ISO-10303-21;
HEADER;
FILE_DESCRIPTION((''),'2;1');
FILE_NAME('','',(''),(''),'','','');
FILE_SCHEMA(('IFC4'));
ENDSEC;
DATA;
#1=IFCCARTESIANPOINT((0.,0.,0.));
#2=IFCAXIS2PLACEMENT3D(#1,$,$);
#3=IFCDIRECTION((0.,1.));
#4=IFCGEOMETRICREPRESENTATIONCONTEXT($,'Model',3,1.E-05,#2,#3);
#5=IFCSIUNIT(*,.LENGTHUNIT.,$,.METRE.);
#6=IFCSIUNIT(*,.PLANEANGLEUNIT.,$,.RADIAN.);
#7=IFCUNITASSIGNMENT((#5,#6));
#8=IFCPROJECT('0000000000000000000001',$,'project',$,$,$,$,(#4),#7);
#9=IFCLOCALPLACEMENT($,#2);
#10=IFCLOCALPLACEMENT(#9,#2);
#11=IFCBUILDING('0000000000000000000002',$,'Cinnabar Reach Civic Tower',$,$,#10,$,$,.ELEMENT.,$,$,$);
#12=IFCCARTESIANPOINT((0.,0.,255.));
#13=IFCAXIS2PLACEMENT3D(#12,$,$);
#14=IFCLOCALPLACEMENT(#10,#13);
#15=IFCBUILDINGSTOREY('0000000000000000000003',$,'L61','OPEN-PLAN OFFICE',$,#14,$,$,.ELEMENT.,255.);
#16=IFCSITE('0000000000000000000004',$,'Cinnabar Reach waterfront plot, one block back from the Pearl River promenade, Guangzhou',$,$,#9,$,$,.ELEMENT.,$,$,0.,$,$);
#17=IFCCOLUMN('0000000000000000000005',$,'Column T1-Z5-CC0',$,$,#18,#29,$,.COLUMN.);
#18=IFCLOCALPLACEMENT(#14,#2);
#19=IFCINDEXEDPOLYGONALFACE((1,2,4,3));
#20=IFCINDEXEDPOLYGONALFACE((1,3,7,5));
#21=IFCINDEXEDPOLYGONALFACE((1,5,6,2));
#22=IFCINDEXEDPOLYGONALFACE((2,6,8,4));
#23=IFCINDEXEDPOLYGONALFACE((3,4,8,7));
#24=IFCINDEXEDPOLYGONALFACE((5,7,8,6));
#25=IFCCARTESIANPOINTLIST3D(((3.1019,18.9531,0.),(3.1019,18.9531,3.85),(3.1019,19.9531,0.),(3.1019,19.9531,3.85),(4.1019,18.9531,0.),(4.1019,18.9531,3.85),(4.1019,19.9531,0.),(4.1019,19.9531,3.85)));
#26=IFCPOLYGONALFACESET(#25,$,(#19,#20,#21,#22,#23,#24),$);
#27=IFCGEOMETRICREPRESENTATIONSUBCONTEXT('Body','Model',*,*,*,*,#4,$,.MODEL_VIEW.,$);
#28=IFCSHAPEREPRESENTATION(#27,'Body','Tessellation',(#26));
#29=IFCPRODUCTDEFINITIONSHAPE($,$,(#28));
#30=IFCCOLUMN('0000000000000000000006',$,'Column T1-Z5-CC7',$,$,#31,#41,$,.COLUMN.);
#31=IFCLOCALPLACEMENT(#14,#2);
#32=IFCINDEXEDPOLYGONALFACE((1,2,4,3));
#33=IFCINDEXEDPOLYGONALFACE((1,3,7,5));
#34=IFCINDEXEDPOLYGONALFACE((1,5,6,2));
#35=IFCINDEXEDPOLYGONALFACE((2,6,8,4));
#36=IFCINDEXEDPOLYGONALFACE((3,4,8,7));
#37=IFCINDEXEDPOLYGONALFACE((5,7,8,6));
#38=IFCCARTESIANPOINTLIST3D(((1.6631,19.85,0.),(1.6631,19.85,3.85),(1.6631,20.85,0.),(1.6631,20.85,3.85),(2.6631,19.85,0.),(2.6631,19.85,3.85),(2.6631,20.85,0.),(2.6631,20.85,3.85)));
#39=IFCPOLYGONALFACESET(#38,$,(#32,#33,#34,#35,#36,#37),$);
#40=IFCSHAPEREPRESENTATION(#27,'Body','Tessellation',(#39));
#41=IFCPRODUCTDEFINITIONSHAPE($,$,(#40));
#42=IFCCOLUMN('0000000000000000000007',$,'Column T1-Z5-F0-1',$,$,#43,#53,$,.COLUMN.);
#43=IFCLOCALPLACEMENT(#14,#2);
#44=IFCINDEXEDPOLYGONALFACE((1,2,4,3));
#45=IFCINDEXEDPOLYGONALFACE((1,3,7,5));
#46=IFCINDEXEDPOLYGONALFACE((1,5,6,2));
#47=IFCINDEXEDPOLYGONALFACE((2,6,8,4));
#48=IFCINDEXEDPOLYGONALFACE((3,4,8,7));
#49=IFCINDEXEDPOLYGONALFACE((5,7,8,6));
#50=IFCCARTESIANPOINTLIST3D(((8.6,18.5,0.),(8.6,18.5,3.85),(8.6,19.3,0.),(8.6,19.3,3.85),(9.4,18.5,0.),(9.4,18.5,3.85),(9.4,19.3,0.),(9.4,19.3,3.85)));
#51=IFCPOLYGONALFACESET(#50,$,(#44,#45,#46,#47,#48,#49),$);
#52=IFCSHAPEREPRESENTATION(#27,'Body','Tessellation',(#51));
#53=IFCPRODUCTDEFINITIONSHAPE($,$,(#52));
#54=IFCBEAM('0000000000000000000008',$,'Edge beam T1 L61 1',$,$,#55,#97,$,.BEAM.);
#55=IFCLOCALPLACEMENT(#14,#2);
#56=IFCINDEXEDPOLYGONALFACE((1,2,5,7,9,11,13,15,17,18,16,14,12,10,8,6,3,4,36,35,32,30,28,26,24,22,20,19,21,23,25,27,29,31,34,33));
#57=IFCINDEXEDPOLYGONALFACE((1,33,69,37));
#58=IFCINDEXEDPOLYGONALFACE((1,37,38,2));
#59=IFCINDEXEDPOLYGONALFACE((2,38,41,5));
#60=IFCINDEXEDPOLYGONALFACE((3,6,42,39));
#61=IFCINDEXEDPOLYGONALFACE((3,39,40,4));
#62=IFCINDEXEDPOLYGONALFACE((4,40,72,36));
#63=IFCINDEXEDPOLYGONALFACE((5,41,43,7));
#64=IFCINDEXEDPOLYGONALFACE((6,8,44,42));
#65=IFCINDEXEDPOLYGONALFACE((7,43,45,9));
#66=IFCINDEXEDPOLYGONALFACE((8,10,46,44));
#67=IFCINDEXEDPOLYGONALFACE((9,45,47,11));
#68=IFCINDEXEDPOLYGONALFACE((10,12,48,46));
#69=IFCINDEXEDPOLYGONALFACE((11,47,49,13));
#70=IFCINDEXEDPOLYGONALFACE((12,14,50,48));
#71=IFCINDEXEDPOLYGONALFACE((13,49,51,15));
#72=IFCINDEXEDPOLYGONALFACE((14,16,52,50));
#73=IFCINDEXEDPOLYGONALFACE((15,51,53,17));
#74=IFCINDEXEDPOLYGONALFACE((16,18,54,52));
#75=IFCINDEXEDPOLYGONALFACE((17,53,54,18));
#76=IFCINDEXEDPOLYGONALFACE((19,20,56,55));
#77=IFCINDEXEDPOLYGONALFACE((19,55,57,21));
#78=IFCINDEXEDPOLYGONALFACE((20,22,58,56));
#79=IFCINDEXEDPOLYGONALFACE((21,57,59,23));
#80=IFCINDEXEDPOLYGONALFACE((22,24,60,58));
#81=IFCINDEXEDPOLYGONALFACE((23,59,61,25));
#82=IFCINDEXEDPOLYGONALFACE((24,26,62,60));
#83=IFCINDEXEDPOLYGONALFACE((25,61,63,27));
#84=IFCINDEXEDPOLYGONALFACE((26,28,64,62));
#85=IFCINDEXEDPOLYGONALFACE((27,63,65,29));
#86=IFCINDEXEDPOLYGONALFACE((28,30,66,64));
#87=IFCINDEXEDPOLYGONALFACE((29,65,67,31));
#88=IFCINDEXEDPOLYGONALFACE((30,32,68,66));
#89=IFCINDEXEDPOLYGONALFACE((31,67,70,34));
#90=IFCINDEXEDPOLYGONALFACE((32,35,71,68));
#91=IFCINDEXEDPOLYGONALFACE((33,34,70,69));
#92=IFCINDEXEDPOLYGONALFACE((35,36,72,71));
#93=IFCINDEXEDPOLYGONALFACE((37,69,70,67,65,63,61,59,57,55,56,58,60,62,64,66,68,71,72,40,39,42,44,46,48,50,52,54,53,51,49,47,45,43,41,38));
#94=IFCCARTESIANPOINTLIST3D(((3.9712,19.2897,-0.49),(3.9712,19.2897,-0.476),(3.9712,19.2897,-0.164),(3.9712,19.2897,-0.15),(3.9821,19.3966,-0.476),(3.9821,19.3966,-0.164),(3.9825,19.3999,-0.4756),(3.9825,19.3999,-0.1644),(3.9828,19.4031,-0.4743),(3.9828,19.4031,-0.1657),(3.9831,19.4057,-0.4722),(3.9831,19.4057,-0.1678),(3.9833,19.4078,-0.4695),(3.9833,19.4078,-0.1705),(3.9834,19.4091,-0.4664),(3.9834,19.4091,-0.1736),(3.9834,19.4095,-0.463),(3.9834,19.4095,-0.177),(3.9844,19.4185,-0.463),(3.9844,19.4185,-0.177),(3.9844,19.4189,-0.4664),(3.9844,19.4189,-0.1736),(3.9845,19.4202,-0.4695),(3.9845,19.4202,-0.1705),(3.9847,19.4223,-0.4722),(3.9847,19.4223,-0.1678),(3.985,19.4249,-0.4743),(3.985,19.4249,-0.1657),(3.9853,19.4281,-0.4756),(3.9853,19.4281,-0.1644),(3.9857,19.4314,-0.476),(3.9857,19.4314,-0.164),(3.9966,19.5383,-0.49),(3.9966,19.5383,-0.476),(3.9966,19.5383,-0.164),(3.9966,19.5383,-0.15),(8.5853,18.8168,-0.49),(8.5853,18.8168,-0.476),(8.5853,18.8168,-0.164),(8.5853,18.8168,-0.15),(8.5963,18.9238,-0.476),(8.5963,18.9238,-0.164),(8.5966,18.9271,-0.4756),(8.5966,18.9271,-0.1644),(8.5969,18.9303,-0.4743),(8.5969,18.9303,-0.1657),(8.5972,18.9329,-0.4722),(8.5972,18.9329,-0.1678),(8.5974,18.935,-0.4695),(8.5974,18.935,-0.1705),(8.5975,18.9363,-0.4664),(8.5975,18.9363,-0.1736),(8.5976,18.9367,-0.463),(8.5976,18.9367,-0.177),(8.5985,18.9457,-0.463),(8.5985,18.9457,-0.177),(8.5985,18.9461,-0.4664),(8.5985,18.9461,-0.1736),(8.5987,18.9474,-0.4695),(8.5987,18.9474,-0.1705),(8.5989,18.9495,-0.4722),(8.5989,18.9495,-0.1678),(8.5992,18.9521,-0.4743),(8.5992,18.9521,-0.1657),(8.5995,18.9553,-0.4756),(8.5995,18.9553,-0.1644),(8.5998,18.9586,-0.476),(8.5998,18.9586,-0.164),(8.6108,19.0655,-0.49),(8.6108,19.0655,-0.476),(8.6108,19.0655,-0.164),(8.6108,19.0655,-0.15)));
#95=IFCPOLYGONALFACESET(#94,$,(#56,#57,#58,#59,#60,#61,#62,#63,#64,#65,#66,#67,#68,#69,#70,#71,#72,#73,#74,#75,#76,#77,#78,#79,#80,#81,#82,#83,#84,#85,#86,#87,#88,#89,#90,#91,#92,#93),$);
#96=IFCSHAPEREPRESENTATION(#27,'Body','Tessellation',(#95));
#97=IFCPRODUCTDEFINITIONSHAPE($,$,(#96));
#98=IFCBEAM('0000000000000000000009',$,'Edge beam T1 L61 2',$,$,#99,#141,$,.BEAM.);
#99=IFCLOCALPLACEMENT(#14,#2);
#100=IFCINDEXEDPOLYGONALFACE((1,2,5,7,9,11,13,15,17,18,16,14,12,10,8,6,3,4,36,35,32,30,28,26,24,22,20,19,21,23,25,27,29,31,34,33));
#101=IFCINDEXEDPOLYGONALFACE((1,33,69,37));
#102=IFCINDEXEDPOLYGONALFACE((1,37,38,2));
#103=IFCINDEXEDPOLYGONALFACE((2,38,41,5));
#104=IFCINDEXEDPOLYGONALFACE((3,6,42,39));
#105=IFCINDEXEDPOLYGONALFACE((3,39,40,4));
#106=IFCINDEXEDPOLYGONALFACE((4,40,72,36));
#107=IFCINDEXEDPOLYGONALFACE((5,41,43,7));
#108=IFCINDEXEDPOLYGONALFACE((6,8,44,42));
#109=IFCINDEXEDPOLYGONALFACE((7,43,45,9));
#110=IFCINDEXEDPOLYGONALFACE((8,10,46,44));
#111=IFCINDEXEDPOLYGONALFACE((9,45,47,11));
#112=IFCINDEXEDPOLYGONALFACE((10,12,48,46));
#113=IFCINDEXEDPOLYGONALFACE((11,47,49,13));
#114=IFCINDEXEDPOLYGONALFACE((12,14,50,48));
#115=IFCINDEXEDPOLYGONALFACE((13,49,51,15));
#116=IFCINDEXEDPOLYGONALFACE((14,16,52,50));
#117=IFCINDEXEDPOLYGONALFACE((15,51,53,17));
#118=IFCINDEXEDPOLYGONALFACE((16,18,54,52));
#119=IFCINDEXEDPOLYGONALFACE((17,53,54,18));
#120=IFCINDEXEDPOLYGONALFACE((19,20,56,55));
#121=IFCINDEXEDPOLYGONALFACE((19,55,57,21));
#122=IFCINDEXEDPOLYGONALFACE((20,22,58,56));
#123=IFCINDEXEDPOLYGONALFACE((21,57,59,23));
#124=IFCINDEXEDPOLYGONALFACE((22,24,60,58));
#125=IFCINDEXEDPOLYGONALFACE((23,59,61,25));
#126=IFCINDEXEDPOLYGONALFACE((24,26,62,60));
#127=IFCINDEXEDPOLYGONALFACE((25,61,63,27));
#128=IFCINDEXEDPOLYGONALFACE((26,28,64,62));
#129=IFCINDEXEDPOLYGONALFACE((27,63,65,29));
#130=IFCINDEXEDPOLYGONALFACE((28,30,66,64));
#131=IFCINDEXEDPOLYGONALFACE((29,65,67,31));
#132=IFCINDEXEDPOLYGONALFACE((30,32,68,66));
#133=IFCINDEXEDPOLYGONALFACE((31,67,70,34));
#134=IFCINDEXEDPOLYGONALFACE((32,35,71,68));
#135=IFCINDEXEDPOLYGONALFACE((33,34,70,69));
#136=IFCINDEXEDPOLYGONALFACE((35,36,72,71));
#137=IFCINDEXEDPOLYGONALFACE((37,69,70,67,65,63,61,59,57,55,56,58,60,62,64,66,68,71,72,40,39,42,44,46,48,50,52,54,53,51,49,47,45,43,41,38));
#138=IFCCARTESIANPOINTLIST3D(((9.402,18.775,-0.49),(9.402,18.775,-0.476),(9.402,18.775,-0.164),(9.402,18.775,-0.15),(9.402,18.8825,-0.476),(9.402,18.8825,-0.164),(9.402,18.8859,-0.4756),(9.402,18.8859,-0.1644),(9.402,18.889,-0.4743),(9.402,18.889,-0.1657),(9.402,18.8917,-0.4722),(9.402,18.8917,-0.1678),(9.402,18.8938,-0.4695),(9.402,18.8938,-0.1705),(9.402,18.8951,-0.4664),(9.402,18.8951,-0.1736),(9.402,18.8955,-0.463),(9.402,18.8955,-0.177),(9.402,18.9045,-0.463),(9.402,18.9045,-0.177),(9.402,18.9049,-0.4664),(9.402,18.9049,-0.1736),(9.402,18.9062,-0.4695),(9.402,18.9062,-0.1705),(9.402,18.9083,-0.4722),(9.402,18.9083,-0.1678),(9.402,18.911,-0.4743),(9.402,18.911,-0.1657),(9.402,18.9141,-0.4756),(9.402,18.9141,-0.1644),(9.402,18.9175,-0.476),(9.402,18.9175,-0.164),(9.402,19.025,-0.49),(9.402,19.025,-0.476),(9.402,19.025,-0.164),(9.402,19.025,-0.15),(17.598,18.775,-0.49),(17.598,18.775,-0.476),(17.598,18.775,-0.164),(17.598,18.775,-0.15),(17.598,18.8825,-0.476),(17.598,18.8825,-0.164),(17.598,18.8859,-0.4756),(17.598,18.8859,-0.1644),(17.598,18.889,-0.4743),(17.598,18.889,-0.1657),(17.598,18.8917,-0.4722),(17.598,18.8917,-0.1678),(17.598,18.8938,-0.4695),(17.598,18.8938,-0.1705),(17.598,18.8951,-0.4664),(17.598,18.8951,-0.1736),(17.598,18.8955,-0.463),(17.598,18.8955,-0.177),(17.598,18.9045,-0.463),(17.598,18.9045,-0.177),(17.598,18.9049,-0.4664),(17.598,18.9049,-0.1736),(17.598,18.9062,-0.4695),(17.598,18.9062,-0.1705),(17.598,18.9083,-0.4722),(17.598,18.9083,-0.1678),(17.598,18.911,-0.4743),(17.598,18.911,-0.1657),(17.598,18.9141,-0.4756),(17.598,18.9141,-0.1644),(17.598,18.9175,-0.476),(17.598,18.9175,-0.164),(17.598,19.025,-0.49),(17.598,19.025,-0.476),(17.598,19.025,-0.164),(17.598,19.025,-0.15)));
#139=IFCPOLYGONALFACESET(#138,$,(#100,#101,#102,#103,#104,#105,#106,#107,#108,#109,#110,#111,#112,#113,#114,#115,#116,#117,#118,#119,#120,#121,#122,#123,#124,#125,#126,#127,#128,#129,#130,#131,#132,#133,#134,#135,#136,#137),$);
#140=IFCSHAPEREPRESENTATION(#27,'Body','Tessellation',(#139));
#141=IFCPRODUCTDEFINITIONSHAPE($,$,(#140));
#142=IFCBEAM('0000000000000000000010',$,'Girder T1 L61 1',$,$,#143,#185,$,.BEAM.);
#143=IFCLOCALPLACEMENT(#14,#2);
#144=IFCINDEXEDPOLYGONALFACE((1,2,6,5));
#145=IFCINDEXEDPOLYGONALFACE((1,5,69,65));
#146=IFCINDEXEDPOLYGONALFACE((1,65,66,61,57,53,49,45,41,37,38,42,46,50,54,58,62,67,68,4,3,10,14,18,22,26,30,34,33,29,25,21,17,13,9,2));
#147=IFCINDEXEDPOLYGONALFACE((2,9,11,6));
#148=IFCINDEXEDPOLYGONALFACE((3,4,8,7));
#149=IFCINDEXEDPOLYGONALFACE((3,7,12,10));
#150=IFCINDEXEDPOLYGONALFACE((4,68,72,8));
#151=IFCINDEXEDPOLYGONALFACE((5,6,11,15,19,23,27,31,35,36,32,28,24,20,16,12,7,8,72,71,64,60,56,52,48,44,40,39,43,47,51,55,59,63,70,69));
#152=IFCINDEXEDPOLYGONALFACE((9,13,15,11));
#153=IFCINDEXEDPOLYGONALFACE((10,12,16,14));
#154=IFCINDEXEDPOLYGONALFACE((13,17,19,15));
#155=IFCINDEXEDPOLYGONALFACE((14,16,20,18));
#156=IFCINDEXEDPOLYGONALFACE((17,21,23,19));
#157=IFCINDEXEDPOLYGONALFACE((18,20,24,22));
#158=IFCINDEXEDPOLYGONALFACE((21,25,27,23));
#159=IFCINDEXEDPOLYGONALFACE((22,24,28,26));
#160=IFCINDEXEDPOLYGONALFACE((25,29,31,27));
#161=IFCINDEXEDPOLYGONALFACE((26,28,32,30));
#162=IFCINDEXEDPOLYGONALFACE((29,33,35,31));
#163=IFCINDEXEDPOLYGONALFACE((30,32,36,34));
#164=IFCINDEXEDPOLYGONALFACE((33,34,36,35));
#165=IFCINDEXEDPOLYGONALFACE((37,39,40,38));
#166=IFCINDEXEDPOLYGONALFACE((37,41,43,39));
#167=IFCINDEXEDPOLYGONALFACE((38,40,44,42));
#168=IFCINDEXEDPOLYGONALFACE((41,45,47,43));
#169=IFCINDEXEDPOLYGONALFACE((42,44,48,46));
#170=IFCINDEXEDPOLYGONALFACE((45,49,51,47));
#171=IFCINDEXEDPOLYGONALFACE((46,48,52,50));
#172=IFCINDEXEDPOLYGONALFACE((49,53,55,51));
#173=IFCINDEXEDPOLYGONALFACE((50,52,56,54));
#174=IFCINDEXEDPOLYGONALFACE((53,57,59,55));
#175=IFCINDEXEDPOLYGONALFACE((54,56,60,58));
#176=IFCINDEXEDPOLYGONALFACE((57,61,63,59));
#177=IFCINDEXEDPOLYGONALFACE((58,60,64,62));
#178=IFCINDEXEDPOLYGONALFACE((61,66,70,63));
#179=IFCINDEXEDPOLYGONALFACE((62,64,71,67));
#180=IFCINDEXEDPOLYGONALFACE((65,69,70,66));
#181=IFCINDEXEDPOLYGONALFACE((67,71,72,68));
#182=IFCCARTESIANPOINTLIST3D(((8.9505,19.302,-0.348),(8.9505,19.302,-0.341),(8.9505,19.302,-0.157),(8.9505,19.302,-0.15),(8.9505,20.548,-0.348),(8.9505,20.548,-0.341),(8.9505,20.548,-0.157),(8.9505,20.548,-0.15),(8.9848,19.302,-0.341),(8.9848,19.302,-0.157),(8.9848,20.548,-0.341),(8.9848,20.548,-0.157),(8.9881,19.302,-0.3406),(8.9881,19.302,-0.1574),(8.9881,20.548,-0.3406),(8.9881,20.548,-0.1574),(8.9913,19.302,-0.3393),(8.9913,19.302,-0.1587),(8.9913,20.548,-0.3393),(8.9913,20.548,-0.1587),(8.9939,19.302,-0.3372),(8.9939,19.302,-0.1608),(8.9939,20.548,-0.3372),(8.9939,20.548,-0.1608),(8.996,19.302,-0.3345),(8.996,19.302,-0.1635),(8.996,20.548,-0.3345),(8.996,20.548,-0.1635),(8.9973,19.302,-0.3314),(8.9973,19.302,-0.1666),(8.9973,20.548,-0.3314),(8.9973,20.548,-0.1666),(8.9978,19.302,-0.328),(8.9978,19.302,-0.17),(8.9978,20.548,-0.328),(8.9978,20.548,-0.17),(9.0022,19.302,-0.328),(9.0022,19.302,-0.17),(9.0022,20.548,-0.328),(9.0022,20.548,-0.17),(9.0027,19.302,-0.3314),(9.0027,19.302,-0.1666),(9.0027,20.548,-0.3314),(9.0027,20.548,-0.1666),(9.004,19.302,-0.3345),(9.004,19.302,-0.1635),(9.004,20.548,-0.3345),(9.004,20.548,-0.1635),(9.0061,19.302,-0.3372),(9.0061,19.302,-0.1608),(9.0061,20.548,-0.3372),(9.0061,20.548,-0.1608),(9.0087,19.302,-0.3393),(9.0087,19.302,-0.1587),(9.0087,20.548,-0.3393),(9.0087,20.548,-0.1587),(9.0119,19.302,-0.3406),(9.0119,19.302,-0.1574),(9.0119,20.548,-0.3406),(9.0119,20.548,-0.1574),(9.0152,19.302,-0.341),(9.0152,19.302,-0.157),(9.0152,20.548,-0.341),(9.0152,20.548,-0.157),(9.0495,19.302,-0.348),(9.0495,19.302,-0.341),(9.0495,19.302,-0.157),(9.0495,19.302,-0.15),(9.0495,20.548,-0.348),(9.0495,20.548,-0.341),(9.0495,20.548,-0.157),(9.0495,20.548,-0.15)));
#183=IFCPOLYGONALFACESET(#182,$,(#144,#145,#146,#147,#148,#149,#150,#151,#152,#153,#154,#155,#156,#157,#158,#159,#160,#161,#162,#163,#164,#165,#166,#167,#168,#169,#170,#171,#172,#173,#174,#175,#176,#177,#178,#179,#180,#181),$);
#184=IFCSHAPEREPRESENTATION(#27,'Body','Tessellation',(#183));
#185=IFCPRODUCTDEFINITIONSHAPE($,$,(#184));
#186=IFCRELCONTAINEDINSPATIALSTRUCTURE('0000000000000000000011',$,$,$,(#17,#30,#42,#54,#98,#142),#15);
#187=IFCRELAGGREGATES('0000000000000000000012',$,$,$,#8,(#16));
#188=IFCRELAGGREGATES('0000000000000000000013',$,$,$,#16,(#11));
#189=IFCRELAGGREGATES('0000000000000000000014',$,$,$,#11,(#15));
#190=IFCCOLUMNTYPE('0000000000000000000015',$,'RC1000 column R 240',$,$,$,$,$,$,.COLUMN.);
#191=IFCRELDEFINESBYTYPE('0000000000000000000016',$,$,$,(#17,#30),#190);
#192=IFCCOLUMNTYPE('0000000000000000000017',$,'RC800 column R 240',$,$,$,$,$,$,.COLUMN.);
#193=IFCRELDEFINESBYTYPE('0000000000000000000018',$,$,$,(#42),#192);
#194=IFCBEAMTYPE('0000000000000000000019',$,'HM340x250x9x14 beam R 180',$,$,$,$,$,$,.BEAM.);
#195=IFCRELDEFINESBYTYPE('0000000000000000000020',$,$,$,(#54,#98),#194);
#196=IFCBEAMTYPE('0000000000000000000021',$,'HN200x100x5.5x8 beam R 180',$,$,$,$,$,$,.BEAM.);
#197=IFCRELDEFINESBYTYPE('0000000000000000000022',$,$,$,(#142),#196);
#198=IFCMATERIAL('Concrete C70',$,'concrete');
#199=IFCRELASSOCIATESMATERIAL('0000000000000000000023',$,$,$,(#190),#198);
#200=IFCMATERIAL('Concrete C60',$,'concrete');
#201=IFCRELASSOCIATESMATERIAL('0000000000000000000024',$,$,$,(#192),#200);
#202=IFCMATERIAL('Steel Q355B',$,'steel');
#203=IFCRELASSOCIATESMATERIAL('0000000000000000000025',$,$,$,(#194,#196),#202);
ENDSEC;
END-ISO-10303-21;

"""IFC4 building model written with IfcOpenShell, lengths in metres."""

from ifc_helpers import new_model, si_unit, direction, frame, origin, origin_2d, place, context, subcontext, project, spatial, rectangle, i_section, extrude, material, material_profile, profile_set, type_object, element, save


model = new_model("IFC4")

# Units and contexts
model_context = context("Model", 3, precision=1e-05, world=origin(), true_north=direction((0.0, 1.0)))
body_context = subcontext(model_context, "Body", "Model", "MODEL_VIEW")
ifc_project = project(units=[si_unit("LENGTHUNIT", "METRE"), si_unit("PLANEANGLEUNIT", "RADIAN")], contexts=[model_context])

# Site, building, storey
site_placement = place(None, origin())
site = spatial("IfcSite", under=ifc_project, at=site_placement, Name="Cinnabar Reach waterfront plot, one block back from the Pearl River promenade, Guangzhou", CompositionType="ELEMENT", RefElevation=0.0)
building_placement = place(site_placement, origin())
building = spatial("IfcBuilding", under=site, at=building_placement, Name="Cinnabar Reach Civic Tower", CompositionType="ELEMENT")
storey_placement = place(building_placement, frame((0.0, 0.0, 255.0)))
storey = spatial("IfcBuildingStorey", under=building, at=storey_placement, Name="L61", Description="OPEN-PLAN OFFICE", CompositionType="ELEMENT", Elevation=255.0)

# Columns
ifc_material_1 = material(Name="Concrete C70", Category="concrete")
ifc_material_profile_1 = material_profile(ifc_material_1, rectangle(XDim=1.0, YDim=1.0, at=origin_2d()), Name="RC1000")
ifc_profile_set_1 = profile_set([ifc_material_profile_1], Name="Concrete C70")
column_type_1 = type_object("IfcColumnType", Name="RC1000 column R 240", PredefinedType="COLUMN", material=ifc_profile_set_1)
for number, where, z_axis, x_axis, name in (
    (1, (3.6019, 19.4531, 0.0), (0.0, 0.0, 1.0), (1.0, 0.0, 0.0), "Column T1-Z5-CC0"),
    (2, (2.1631, 20.35, 0.0), (0.0, 0.0, 1.0), (1.0, 0.0, 0.0), "Column T1-Z5-CC7"),
):
    element("IfcColumn", number, at=place(storey_placement, frame(where, z_axis=z_axis, x_axis=x_axis)), inside=storey, type_object=column_type_1, Name=name, PredefinedType="COLUMN", context=body_context, shape_type="SweptSolid", body=[
        extrude(rectangle(XDim=1.0, YDim=1.0, at=origin_2d()), origin(), (0.0, 0.0, 1.0), 3.85),
    ])
ifc_material_2 = material(Name="Concrete C60", Category="concrete")
ifc_material_profile_2 = material_profile(ifc_material_2, rectangle(XDim=0.8, YDim=0.8, at=origin_2d()), Name="RC800")
ifc_profile_set_2 = profile_set([ifc_material_profile_2], Name="Concrete C60")
column_type_2 = type_object("IfcColumnType", Name="RC800 column R 240", PredefinedType="COLUMN", material=ifc_profile_set_2)
column_placement = place(storey_placement, frame((9.0, 18.9, 0.0), z_axis=(0.0, 0.0, 1.0), x_axis=(1.0, 0.0, 0.0)))
element("IfcColumn", 3, at=column_placement, inside=storey, type_object=column_type_2, Name="Column T1-Z5-F0-1", PredefinedType="COLUMN", context=body_context, shape_type="SweptSolid", body=[
    extrude(rectangle(XDim=0.8, YDim=0.8, at=origin_2d()), origin(), (0.0, 0.0, 1.0), 3.85),
])

# Beams
ifc_material_3 = material(Name="Steel Q355B", Category="steel")
ifc_material_profile_3 = material_profile(ifc_material_3, i_section(OverallWidth=0.25, OverallDepth=0.34, WebThickness=0.009, FlangeThickness=0.014, FilletRadius=0.013, at=origin_2d()), Name="HM340x250x9x14")
ifc_profile_set_3 = profile_set([ifc_material_profile_3], Name="Steel Q355B")
beam_type_1 = type_object("IfcBeamType", Name="HM340x250x9x14 beam R 180", PredefinedType="BEAM", material=ifc_profile_set_3)
beam_1_placement = place(storey_placement, frame((3.9839, 19.414, -0.32), z_axis=(0.994791, -0.101935, 0.0), x_axis=(0.101935, 0.994791, 0.0)))
element("IfcBeam", 4, at=beam_1_placement, inside=storey, type_object=beam_type_1, Name="Edge beam T1 L61 1", PredefinedType="BEAM", context=body_context, shape_type="SweptSolid", body=[
    extrude(i_section(OverallWidth=0.25, OverallDepth=0.34, WebThickness=0.009, FlangeThickness=0.014, FilletRadius=0.013, at=origin_2d()), origin(), (0.0, 0.0, 1.0), 4.6383),
])
beam_2_placement = place(storey_placement, frame((9.402, 18.9, -0.32), z_axis=(1.0, 0.0, 0.0), x_axis=(0.0, 1.0, 0.0)))
element("IfcBeam", 5, at=beam_2_placement, inside=storey, type_object=beam_type_1, Name="Edge beam T1 L61 2", PredefinedType="BEAM", context=body_context, shape_type="SweptSolid", body=[
    extrude(i_section(OverallWidth=0.25, OverallDepth=0.34, WebThickness=0.009, FlangeThickness=0.014, FilletRadius=0.013, at=origin_2d()), origin(), (0.0, 0.0, 1.0), 8.196),
])
ifc_material_profile_4 = material_profile(ifc_material_3, i_section(OverallWidth=0.099, OverallDepth=0.198, WebThickness=0.0045, FlangeThickness=0.007, FilletRadius=0.013, at=origin_2d()), Name="HN200x100x5.5x8")
ifc_profile_set_4 = profile_set([ifc_material_profile_4], Name="Steel Q355B")
beam_type_2 = type_object("IfcBeamType", Name="HN200x100x5.5x8 beam R 180", PredefinedType="BEAM", material=ifc_profile_set_4)
beam_3_placement = place(storey_placement, frame((9.0, 19.302, -0.249), z_axis=(0.0, 1.0, 0.0), x_axis=(-1.0, 0.0, 0.0)))
element("IfcBeam", 6, at=beam_3_placement, inside=storey, type_object=beam_type_2, Name="Girder T1 L61 1", PredefinedType="BEAM", context=body_context, shape_type="SweptSolid", body=[
    extrude(i_section(OverallWidth=0.099, OverallDepth=0.198, WebThickness=0.0045, FlangeThickness=0.007, FilletRadius=0.013, at=origin_2d()), origin(), (0.0, 0.0, 1.0), 1.246),
])

save(model, "model.ifc")
